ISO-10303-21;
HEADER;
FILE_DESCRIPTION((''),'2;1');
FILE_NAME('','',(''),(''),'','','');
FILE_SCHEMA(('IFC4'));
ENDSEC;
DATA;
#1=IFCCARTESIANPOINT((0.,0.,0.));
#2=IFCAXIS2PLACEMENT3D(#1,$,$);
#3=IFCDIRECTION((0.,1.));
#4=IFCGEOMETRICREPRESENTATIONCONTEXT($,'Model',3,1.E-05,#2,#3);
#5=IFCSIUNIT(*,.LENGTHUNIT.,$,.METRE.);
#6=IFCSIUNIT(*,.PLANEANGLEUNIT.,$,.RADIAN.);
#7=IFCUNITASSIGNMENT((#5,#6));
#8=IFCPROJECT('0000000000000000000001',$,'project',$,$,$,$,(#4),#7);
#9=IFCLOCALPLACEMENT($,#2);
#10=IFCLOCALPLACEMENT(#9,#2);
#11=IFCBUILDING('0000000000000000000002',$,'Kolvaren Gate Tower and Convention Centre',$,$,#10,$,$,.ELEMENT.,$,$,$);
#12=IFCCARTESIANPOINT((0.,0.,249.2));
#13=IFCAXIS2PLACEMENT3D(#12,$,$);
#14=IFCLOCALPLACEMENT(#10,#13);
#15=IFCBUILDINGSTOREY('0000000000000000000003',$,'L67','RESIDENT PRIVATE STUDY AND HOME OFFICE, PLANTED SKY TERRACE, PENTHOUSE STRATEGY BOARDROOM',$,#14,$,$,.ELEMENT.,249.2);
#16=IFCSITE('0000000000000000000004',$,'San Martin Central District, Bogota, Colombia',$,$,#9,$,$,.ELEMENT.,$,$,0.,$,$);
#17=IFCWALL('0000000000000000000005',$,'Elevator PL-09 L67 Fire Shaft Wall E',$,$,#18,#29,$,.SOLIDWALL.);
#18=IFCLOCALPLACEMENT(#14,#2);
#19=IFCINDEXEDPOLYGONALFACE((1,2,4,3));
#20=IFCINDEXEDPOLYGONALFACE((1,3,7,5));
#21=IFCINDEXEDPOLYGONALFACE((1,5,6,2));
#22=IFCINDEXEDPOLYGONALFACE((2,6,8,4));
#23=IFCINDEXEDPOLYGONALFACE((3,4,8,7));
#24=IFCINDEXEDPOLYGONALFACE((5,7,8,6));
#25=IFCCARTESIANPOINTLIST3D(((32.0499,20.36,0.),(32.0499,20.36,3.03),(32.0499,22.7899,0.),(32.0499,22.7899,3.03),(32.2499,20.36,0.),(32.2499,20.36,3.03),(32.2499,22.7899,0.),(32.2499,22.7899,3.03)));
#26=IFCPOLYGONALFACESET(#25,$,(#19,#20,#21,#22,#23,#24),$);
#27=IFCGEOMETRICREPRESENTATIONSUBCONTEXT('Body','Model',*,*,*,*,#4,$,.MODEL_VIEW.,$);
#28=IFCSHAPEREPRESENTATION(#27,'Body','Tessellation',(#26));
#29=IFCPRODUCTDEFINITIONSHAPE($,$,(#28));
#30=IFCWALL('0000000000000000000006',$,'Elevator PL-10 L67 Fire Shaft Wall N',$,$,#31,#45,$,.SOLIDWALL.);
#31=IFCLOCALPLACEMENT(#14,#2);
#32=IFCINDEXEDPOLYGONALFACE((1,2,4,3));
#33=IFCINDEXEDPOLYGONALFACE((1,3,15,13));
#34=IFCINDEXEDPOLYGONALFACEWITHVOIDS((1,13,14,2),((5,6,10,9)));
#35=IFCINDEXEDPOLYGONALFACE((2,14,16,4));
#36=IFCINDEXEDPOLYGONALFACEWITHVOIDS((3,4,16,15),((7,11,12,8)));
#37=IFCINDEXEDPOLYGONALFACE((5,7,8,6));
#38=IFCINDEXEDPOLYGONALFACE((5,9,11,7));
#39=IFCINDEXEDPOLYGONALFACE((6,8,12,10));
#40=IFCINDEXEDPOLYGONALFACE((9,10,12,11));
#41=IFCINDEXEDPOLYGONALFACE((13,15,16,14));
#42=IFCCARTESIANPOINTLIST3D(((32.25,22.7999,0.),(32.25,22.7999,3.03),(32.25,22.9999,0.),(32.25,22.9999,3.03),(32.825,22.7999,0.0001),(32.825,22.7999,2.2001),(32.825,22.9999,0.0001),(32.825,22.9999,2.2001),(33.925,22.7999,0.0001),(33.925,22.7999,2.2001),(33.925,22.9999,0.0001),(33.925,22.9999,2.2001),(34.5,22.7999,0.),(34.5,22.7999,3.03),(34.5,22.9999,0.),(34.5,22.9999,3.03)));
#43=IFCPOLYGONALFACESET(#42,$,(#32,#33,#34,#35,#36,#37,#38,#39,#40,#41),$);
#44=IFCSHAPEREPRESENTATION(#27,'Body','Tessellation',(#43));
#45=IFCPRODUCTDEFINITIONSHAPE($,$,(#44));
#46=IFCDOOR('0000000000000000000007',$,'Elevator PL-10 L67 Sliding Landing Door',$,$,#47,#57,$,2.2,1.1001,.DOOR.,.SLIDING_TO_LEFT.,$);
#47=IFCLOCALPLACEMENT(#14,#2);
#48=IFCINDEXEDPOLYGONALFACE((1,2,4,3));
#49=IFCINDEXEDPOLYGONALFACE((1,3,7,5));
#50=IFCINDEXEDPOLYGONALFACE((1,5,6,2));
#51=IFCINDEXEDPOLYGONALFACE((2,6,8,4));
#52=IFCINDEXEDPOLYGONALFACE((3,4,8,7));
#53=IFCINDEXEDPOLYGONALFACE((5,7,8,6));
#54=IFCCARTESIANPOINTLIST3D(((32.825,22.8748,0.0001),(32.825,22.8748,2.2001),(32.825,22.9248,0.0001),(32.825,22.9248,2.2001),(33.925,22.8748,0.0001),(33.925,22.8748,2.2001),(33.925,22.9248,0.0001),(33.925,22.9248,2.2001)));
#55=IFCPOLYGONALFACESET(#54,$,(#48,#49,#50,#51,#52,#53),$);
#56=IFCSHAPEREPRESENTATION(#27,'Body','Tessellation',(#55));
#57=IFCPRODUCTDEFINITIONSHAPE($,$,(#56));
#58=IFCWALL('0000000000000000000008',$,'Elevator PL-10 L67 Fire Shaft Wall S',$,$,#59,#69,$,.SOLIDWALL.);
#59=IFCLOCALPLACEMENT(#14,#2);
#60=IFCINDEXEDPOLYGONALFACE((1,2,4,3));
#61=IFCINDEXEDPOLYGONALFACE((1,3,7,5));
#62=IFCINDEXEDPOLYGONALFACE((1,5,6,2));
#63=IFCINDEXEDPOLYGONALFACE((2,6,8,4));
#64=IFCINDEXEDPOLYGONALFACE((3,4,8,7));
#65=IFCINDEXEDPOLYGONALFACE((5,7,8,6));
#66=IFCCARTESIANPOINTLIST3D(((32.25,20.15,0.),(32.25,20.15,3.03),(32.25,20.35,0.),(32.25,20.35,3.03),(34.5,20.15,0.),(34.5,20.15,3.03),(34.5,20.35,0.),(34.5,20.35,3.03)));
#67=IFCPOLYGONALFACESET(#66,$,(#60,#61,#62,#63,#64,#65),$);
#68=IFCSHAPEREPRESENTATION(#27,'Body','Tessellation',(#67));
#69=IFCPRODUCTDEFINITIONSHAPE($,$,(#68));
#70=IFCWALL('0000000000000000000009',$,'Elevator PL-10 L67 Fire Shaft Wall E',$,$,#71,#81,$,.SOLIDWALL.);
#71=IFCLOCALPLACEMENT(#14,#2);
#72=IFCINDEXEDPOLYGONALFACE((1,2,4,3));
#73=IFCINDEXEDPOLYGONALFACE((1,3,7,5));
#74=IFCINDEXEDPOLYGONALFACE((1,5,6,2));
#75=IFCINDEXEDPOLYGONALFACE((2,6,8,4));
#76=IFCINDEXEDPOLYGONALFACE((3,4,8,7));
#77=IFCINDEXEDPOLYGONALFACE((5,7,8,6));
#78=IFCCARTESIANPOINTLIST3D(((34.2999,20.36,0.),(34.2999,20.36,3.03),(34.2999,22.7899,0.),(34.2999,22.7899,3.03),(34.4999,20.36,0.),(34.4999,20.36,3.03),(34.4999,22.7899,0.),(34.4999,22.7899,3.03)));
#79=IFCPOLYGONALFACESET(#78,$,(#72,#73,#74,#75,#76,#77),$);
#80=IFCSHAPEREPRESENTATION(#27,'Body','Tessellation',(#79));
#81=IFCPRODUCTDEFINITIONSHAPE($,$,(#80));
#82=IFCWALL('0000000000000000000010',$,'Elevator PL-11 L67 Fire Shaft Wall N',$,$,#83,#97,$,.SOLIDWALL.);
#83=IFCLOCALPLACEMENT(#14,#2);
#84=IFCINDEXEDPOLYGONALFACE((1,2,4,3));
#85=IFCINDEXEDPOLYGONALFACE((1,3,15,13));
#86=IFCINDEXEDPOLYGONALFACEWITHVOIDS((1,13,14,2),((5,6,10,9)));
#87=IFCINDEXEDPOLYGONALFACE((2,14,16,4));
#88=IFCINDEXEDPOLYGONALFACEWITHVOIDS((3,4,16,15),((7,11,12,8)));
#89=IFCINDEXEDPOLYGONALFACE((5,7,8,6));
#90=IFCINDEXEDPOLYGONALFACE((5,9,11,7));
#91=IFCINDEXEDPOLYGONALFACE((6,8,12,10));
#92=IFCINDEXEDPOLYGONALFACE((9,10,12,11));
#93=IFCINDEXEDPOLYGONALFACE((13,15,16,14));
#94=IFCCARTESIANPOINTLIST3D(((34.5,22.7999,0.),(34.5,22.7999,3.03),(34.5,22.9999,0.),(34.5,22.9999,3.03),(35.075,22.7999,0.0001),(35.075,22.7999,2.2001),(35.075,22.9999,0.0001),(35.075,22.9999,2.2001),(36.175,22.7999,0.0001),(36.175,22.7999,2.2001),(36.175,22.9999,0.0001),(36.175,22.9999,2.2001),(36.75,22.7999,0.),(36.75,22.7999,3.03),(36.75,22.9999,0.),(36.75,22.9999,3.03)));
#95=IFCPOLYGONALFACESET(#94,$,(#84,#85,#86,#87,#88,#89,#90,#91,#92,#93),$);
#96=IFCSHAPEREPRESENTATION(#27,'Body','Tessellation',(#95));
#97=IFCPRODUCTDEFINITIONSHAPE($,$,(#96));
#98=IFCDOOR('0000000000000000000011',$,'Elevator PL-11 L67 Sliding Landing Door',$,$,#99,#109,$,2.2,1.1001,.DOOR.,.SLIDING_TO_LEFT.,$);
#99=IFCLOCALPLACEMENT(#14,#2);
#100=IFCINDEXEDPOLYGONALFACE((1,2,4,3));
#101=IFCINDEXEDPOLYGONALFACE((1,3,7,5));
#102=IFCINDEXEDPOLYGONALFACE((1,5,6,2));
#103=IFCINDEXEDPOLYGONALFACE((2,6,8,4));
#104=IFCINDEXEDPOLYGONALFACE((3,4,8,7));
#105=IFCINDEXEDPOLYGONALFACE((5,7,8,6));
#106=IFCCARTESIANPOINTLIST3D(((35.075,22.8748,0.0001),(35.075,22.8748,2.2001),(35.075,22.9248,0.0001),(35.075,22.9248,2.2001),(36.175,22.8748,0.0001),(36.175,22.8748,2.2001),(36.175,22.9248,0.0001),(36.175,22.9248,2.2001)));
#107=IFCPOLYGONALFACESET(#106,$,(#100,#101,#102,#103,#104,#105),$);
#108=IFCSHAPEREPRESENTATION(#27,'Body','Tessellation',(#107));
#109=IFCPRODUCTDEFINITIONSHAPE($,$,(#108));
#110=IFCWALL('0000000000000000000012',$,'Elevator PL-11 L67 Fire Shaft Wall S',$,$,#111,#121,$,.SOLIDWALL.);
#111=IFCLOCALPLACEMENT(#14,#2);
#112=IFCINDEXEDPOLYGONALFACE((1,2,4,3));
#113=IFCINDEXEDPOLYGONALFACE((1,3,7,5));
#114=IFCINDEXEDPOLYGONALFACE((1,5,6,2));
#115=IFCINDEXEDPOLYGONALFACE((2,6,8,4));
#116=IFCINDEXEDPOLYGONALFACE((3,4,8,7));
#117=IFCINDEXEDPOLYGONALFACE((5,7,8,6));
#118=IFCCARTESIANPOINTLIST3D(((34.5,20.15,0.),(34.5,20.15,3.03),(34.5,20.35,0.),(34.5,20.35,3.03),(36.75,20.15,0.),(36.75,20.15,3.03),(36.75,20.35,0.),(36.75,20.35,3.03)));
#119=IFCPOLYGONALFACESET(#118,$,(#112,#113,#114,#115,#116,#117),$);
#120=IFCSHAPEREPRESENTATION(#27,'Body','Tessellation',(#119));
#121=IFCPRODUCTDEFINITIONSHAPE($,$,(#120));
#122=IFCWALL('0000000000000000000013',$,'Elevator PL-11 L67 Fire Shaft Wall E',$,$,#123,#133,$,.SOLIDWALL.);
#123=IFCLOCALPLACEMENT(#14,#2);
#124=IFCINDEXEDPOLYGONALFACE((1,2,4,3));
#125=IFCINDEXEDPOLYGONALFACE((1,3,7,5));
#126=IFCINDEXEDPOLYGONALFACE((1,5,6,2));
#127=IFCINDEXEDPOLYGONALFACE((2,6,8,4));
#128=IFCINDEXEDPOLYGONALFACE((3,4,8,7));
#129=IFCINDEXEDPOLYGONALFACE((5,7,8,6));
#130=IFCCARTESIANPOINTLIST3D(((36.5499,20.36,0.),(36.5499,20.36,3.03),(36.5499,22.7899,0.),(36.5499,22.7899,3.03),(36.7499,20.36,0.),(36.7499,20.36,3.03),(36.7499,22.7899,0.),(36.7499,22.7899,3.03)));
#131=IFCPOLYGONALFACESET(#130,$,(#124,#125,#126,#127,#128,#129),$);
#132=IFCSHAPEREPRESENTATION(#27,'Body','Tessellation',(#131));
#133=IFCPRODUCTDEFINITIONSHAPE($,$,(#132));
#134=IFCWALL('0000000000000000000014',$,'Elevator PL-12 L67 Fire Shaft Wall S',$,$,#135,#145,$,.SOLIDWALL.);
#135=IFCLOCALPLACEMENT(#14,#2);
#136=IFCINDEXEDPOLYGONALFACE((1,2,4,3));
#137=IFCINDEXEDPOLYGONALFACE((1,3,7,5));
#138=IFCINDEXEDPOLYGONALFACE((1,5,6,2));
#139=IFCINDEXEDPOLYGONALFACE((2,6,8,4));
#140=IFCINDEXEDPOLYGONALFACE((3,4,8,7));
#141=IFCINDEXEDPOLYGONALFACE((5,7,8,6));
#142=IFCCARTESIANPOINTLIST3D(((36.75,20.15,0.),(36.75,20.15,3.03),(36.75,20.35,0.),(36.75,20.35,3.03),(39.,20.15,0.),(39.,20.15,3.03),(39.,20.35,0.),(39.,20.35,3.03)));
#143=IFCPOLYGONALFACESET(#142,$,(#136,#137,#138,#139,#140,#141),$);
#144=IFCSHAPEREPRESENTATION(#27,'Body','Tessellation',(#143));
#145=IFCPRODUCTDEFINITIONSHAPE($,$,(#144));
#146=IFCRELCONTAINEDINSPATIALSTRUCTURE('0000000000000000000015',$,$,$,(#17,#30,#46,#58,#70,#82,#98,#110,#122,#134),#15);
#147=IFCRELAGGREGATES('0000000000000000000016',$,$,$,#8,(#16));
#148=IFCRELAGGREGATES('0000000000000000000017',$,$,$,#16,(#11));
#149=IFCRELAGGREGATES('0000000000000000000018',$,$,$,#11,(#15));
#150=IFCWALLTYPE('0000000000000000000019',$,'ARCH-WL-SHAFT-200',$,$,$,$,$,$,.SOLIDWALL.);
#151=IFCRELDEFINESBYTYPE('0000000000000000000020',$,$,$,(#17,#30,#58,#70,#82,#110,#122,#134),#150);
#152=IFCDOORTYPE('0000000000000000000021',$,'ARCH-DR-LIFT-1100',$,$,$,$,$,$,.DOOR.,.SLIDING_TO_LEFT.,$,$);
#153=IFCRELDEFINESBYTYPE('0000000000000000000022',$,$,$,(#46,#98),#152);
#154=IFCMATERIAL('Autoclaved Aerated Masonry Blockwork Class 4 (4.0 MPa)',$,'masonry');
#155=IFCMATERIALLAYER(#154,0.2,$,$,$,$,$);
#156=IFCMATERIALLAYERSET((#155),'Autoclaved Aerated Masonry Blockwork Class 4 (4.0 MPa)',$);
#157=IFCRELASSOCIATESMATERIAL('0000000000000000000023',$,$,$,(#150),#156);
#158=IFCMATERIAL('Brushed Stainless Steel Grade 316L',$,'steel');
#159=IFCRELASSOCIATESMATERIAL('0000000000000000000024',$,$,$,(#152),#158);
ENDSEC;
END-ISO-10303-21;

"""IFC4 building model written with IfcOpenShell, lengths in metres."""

from ifc_helpers import new_model, si_unit, direction, frame, frame_2d, origin, place, context, subcontext, project, spatial, rectangle, extrude, material, layer, layer_set, type_object, element, fill, save


model = new_model("IFC4")

# Units and contexts
model_context = context("Model", 3, precision=1e-05, world=origin(), true_north=direction((0.0, 1.0)))
body_context = subcontext(model_context, "Body", "Model", "MODEL_VIEW")
ifc_project = project(units=[si_unit("LENGTHUNIT", "METRE"), si_unit("PLANEANGLEUNIT", "RADIAN")], contexts=[model_context])

# Site, building, storey
site_placement = place(None, origin())
site = spatial("IfcSite", under=ifc_project, at=site_placement, Name="San Martin Central District, Bogota, Colombia", CompositionType="ELEMENT", RefElevation=0.0)
building_placement = place(site_placement, origin())
building = spatial("IfcBuilding", under=site, at=building_placement, Name="Kolvaren Gate Tower and Convention Centre", CompositionType="ELEMENT")
storey_placement = place(building_placement, frame((0.0, 0.0, 249.2)))
storey = spatial("IfcBuildingStorey", under=building, at=storey_placement, Name="L67", Description="RESIDENT PRIVATE STUDY AND HOME OFFICE, PLANTED SKY TERRACE, PENTHOUSE STRATEGY BOARDROOM", CompositionType="ELEMENT", Elevation=249.2)

# Shared definitions
ifc_material_1 = material(Name="Autoclaved Aerated Masonry Blockwork Class 4 (4.0 MPa)", Category="masonry")

# Shared definitions
ifc_layer_1 = layer(ifc_material_1, 0.2)
ifc_layer_set_1 = layer_set([ifc_layer_1], Name="Autoclaved Aerated Masonry Blockwork Class 4 (4.0 MPa)")
wall_type_1 = type_object("IfcWallType", Name="ARCH-WL-SHAFT-200", PredefinedType="SOLIDWALL", material=ifc_layer_set_1)
ifc_material_2 = material(Name="Brushed Stainless Steel Grade 316L", Category="steel")
door_type_1 = type_object("IfcDoorType", Name="ARCH-DR-LIFT-1100", OperationType="SLIDING_TO_LEFT", PredefinedType="DOOR", material=ifc_material_2)

# Wall
for number, where, z_axis, x_axis, name in (
    (1, (32.1499, 20.3601, 0.0), (0.0, 0.0, 1.0), (0.0, 1.0, 0.0), "Elevator PL-09 L67 Fire Shaft Wall E"),
):
    element("IfcWall", number, at=place(storey_placement, frame(where, z_axis=z_axis, x_axis=x_axis)), inside=storey, type_object=wall_type_1, Name=name, PredefinedType="SOLIDWALL", context=body_context, shape_type="SweptSolid", body=[
        extrude(rectangle(XDim=2.4299, YDim=0.2, at=frame_2d((1.2148, 0.0))), origin(), (0.0, 0.0, 1.0), 3.03),
    ])

# Wall, opening, door
wall_1_placement = place(storey_placement, frame((32.25, 22.8999, 0.0), z_axis=(0.0, 0.0, 1.0), x_axis=(1.0, 0.0, 0.0)))
wall_1 = element("IfcWall", 2, at=wall_1_placement, inside=storey, type_object=wall_type_1, Name="Elevator PL-10 L67 Fire Shaft Wall N", PredefinedType="SOLIDWALL", context=body_context, shape_type="SweptSolid", body=[
    extrude(rectangle(XDim=2.25, YDim=0.2, at=frame_2d((1.125, 0.0))), origin(), (0.0, 0.0, 1.0), 3.03),
])
opening_1_placement = place(wall_1_placement, frame((0.575, 0.0, 0.0)))
opening_1 = element("IfcOpeningElement", 3, at=opening_1_placement, cuts=wall_1, PredefinedType="OPENING", context=body_context, shape_type="SweptSolid", body=[
    extrude(rectangle(XDim=1.1001, YDim=2.2, at=frame_2d((0.55, 1.1001))), frame((0.0, 0.1099, 0.0), z_axis=(0.0, -1.0, 0.0), x_axis=(1.0, 0.0, 0.0)), (0.0, 0.0, 1.0), 0.22),
])
door_1_placement = place(opening_1_placement, origin())
door_1 = element("IfcDoor", 4, at=door_1_placement, inside=storey, type_object=door_type_1, Name="Elevator PL-10 L67 Sliding Landing Door", OperationType="SLIDING_TO_LEFT", OverallHeight=2.2, OverallWidth=1.1001, PredefinedType="DOOR", context=body_context, shape_type="SweptSolid", body=[
    extrude(rectangle(XDim=1.1001, YDim=2.2, at=frame_2d((0.55, 1.1001))), frame((0.0, 0.0249, 0.0), z_axis=(0.0, -1.0, 0.0), x_axis=(1.0, 0.0, 0.0)), (0.0, 0.0, 1.0), 0.05),
])
fill(opening_1, door_1)

# Walls
wall_2_placement = place(storey_placement, frame((32.25, 20.25, 0.0), z_axis=(0.0, 0.0, 1.0), x_axis=(1.0, 0.0, 0.0)))
element("IfcWall", 5, at=wall_2_placement, inside=storey, type_object=wall_type_1, Name="Elevator PL-10 L67 Fire Shaft Wall S", PredefinedType="SOLIDWALL", context=body_context, shape_type="SweptSolid", body=[
    extrude(rectangle(XDim=2.25, YDim=0.2, at=frame_2d((1.125, 0.0))), origin(), (0.0, 0.0, 1.0), 3.03),
])
wall_3_placement = place(storey_placement, frame((34.3999, 20.3601, 0.0), z_axis=(0.0, 0.0, 1.0), x_axis=(0.0, 1.0, 0.0)))
element("IfcWall", 6, at=wall_3_placement, inside=storey, type_object=wall_type_1, Name="Elevator PL-10 L67 Fire Shaft Wall E", PredefinedType="SOLIDWALL", context=body_context, shape_type="SweptSolid", body=[
    extrude(rectangle(XDim=2.4299, YDim=0.2, at=frame_2d((1.2148, 0.0))), origin(), (0.0, 0.0, 1.0), 3.03),
])

# Wall, opening, door
wall_4_placement = place(storey_placement, frame((34.5, 22.8999, 0.0), z_axis=(0.0, 0.0, 1.0), x_axis=(1.0, 0.0, 0.0)))
wall_4 = element("IfcWall", 7, at=wall_4_placement, inside=storey, type_object=wall_type_1, Name="Elevator PL-11 L67 Fire Shaft Wall N", PredefinedType="SOLIDWALL", context=body_context, shape_type="SweptSolid", body=[
    extrude(rectangle(XDim=2.25, YDim=0.2, at=frame_2d((1.125, 0.0))), origin(), (0.0, 0.0, 1.0), 3.03),
])
opening_2_placement = place(wall_4_placement, frame((0.575, 0.0, 0.0)))
opening_2 = element("IfcOpeningElement", 8, at=opening_2_placement, cuts=wall_4, PredefinedType="OPENING", context=body_context, shape_type="SweptSolid", body=[
    extrude(rectangle(XDim=1.1001, YDim=2.2, at=frame_2d((0.55, 1.1001))), frame((0.0, 0.1099, 0.0), z_axis=(0.0, -1.0, 0.0), x_axis=(1.0, 0.0, 0.0)), (0.0, 0.0, 1.0), 0.22),
])
door_2_placement = place(opening_2_placement, origin())
door_2 = element("IfcDoor", 9, at=door_2_placement, inside=storey, type_object=door_type_1, Name="Elevator PL-11 L67 Sliding Landing Door", OperationType="SLIDING_TO_LEFT", OverallHeight=2.2, OverallWidth=1.1001, PredefinedType="DOOR", context=body_context, shape_type="SweptSolid", body=[
    extrude(rectangle(XDim=1.1001, YDim=2.2, at=frame_2d((0.55, 1.1001))), frame((0.0, 0.0249, 0.0), z_axis=(0.0, -1.0, 0.0), x_axis=(1.0, 0.0, 0.0)), (0.0, 0.0, 1.0), 0.05),
])
fill(opening_2, door_2)

# Walls
wall_5_placement = place(storey_placement, frame((34.5, 20.25, 0.0), z_axis=(0.0, 0.0, 1.0), x_axis=(1.0, 0.0, 0.0)))
element("IfcWall", 10, at=wall_5_placement, inside=storey, type_object=wall_type_1, Name="Elevator PL-11 L67 Fire Shaft Wall S", PredefinedType="SOLIDWALL", context=body_context, shape_type="SweptSolid", body=[
    extrude(rectangle(XDim=2.25, YDim=0.2, at=frame_2d((1.125, 0.0))), origin(), (0.0, 0.0, 1.0), 3.03),
])
wall_6_placement = place(storey_placement, frame((36.6499, 20.3601, 0.0), z_axis=(0.0, 0.0, 1.0), x_axis=(0.0, 1.0, 0.0)))
element("IfcWall", 11, at=wall_6_placement, inside=storey, type_object=wall_type_1, Name="Elevator PL-11 L67 Fire Shaft Wall E", PredefinedType="SOLIDWALL", context=body_context, shape_type="SweptSolid", body=[
    extrude(rectangle(XDim=2.4299, YDim=0.2, at=frame_2d((1.2148, 0.0))), origin(), (0.0, 0.0, 1.0), 3.03),
])
wall_7_placement = place(storey_placement, frame((36.75, 20.25, 0.0), z_axis=(0.0, 0.0, 1.0), x_axis=(1.0, 0.0, 0.0)))
element("IfcWall", 12, at=wall_7_placement, inside=storey, type_object=wall_type_1, Name="Elevator PL-12 L67 Fire Shaft Wall S", PredefinedType="SOLIDWALL", context=body_context, shape_type="SweptSolid", body=[
    extrude(rectangle(XDim=2.25, YDim=0.2, at=frame_2d((1.125, 0.0))), origin(), (0.0, 0.0, 1.0), 3.03),
])

save(model, "model.ifc")
